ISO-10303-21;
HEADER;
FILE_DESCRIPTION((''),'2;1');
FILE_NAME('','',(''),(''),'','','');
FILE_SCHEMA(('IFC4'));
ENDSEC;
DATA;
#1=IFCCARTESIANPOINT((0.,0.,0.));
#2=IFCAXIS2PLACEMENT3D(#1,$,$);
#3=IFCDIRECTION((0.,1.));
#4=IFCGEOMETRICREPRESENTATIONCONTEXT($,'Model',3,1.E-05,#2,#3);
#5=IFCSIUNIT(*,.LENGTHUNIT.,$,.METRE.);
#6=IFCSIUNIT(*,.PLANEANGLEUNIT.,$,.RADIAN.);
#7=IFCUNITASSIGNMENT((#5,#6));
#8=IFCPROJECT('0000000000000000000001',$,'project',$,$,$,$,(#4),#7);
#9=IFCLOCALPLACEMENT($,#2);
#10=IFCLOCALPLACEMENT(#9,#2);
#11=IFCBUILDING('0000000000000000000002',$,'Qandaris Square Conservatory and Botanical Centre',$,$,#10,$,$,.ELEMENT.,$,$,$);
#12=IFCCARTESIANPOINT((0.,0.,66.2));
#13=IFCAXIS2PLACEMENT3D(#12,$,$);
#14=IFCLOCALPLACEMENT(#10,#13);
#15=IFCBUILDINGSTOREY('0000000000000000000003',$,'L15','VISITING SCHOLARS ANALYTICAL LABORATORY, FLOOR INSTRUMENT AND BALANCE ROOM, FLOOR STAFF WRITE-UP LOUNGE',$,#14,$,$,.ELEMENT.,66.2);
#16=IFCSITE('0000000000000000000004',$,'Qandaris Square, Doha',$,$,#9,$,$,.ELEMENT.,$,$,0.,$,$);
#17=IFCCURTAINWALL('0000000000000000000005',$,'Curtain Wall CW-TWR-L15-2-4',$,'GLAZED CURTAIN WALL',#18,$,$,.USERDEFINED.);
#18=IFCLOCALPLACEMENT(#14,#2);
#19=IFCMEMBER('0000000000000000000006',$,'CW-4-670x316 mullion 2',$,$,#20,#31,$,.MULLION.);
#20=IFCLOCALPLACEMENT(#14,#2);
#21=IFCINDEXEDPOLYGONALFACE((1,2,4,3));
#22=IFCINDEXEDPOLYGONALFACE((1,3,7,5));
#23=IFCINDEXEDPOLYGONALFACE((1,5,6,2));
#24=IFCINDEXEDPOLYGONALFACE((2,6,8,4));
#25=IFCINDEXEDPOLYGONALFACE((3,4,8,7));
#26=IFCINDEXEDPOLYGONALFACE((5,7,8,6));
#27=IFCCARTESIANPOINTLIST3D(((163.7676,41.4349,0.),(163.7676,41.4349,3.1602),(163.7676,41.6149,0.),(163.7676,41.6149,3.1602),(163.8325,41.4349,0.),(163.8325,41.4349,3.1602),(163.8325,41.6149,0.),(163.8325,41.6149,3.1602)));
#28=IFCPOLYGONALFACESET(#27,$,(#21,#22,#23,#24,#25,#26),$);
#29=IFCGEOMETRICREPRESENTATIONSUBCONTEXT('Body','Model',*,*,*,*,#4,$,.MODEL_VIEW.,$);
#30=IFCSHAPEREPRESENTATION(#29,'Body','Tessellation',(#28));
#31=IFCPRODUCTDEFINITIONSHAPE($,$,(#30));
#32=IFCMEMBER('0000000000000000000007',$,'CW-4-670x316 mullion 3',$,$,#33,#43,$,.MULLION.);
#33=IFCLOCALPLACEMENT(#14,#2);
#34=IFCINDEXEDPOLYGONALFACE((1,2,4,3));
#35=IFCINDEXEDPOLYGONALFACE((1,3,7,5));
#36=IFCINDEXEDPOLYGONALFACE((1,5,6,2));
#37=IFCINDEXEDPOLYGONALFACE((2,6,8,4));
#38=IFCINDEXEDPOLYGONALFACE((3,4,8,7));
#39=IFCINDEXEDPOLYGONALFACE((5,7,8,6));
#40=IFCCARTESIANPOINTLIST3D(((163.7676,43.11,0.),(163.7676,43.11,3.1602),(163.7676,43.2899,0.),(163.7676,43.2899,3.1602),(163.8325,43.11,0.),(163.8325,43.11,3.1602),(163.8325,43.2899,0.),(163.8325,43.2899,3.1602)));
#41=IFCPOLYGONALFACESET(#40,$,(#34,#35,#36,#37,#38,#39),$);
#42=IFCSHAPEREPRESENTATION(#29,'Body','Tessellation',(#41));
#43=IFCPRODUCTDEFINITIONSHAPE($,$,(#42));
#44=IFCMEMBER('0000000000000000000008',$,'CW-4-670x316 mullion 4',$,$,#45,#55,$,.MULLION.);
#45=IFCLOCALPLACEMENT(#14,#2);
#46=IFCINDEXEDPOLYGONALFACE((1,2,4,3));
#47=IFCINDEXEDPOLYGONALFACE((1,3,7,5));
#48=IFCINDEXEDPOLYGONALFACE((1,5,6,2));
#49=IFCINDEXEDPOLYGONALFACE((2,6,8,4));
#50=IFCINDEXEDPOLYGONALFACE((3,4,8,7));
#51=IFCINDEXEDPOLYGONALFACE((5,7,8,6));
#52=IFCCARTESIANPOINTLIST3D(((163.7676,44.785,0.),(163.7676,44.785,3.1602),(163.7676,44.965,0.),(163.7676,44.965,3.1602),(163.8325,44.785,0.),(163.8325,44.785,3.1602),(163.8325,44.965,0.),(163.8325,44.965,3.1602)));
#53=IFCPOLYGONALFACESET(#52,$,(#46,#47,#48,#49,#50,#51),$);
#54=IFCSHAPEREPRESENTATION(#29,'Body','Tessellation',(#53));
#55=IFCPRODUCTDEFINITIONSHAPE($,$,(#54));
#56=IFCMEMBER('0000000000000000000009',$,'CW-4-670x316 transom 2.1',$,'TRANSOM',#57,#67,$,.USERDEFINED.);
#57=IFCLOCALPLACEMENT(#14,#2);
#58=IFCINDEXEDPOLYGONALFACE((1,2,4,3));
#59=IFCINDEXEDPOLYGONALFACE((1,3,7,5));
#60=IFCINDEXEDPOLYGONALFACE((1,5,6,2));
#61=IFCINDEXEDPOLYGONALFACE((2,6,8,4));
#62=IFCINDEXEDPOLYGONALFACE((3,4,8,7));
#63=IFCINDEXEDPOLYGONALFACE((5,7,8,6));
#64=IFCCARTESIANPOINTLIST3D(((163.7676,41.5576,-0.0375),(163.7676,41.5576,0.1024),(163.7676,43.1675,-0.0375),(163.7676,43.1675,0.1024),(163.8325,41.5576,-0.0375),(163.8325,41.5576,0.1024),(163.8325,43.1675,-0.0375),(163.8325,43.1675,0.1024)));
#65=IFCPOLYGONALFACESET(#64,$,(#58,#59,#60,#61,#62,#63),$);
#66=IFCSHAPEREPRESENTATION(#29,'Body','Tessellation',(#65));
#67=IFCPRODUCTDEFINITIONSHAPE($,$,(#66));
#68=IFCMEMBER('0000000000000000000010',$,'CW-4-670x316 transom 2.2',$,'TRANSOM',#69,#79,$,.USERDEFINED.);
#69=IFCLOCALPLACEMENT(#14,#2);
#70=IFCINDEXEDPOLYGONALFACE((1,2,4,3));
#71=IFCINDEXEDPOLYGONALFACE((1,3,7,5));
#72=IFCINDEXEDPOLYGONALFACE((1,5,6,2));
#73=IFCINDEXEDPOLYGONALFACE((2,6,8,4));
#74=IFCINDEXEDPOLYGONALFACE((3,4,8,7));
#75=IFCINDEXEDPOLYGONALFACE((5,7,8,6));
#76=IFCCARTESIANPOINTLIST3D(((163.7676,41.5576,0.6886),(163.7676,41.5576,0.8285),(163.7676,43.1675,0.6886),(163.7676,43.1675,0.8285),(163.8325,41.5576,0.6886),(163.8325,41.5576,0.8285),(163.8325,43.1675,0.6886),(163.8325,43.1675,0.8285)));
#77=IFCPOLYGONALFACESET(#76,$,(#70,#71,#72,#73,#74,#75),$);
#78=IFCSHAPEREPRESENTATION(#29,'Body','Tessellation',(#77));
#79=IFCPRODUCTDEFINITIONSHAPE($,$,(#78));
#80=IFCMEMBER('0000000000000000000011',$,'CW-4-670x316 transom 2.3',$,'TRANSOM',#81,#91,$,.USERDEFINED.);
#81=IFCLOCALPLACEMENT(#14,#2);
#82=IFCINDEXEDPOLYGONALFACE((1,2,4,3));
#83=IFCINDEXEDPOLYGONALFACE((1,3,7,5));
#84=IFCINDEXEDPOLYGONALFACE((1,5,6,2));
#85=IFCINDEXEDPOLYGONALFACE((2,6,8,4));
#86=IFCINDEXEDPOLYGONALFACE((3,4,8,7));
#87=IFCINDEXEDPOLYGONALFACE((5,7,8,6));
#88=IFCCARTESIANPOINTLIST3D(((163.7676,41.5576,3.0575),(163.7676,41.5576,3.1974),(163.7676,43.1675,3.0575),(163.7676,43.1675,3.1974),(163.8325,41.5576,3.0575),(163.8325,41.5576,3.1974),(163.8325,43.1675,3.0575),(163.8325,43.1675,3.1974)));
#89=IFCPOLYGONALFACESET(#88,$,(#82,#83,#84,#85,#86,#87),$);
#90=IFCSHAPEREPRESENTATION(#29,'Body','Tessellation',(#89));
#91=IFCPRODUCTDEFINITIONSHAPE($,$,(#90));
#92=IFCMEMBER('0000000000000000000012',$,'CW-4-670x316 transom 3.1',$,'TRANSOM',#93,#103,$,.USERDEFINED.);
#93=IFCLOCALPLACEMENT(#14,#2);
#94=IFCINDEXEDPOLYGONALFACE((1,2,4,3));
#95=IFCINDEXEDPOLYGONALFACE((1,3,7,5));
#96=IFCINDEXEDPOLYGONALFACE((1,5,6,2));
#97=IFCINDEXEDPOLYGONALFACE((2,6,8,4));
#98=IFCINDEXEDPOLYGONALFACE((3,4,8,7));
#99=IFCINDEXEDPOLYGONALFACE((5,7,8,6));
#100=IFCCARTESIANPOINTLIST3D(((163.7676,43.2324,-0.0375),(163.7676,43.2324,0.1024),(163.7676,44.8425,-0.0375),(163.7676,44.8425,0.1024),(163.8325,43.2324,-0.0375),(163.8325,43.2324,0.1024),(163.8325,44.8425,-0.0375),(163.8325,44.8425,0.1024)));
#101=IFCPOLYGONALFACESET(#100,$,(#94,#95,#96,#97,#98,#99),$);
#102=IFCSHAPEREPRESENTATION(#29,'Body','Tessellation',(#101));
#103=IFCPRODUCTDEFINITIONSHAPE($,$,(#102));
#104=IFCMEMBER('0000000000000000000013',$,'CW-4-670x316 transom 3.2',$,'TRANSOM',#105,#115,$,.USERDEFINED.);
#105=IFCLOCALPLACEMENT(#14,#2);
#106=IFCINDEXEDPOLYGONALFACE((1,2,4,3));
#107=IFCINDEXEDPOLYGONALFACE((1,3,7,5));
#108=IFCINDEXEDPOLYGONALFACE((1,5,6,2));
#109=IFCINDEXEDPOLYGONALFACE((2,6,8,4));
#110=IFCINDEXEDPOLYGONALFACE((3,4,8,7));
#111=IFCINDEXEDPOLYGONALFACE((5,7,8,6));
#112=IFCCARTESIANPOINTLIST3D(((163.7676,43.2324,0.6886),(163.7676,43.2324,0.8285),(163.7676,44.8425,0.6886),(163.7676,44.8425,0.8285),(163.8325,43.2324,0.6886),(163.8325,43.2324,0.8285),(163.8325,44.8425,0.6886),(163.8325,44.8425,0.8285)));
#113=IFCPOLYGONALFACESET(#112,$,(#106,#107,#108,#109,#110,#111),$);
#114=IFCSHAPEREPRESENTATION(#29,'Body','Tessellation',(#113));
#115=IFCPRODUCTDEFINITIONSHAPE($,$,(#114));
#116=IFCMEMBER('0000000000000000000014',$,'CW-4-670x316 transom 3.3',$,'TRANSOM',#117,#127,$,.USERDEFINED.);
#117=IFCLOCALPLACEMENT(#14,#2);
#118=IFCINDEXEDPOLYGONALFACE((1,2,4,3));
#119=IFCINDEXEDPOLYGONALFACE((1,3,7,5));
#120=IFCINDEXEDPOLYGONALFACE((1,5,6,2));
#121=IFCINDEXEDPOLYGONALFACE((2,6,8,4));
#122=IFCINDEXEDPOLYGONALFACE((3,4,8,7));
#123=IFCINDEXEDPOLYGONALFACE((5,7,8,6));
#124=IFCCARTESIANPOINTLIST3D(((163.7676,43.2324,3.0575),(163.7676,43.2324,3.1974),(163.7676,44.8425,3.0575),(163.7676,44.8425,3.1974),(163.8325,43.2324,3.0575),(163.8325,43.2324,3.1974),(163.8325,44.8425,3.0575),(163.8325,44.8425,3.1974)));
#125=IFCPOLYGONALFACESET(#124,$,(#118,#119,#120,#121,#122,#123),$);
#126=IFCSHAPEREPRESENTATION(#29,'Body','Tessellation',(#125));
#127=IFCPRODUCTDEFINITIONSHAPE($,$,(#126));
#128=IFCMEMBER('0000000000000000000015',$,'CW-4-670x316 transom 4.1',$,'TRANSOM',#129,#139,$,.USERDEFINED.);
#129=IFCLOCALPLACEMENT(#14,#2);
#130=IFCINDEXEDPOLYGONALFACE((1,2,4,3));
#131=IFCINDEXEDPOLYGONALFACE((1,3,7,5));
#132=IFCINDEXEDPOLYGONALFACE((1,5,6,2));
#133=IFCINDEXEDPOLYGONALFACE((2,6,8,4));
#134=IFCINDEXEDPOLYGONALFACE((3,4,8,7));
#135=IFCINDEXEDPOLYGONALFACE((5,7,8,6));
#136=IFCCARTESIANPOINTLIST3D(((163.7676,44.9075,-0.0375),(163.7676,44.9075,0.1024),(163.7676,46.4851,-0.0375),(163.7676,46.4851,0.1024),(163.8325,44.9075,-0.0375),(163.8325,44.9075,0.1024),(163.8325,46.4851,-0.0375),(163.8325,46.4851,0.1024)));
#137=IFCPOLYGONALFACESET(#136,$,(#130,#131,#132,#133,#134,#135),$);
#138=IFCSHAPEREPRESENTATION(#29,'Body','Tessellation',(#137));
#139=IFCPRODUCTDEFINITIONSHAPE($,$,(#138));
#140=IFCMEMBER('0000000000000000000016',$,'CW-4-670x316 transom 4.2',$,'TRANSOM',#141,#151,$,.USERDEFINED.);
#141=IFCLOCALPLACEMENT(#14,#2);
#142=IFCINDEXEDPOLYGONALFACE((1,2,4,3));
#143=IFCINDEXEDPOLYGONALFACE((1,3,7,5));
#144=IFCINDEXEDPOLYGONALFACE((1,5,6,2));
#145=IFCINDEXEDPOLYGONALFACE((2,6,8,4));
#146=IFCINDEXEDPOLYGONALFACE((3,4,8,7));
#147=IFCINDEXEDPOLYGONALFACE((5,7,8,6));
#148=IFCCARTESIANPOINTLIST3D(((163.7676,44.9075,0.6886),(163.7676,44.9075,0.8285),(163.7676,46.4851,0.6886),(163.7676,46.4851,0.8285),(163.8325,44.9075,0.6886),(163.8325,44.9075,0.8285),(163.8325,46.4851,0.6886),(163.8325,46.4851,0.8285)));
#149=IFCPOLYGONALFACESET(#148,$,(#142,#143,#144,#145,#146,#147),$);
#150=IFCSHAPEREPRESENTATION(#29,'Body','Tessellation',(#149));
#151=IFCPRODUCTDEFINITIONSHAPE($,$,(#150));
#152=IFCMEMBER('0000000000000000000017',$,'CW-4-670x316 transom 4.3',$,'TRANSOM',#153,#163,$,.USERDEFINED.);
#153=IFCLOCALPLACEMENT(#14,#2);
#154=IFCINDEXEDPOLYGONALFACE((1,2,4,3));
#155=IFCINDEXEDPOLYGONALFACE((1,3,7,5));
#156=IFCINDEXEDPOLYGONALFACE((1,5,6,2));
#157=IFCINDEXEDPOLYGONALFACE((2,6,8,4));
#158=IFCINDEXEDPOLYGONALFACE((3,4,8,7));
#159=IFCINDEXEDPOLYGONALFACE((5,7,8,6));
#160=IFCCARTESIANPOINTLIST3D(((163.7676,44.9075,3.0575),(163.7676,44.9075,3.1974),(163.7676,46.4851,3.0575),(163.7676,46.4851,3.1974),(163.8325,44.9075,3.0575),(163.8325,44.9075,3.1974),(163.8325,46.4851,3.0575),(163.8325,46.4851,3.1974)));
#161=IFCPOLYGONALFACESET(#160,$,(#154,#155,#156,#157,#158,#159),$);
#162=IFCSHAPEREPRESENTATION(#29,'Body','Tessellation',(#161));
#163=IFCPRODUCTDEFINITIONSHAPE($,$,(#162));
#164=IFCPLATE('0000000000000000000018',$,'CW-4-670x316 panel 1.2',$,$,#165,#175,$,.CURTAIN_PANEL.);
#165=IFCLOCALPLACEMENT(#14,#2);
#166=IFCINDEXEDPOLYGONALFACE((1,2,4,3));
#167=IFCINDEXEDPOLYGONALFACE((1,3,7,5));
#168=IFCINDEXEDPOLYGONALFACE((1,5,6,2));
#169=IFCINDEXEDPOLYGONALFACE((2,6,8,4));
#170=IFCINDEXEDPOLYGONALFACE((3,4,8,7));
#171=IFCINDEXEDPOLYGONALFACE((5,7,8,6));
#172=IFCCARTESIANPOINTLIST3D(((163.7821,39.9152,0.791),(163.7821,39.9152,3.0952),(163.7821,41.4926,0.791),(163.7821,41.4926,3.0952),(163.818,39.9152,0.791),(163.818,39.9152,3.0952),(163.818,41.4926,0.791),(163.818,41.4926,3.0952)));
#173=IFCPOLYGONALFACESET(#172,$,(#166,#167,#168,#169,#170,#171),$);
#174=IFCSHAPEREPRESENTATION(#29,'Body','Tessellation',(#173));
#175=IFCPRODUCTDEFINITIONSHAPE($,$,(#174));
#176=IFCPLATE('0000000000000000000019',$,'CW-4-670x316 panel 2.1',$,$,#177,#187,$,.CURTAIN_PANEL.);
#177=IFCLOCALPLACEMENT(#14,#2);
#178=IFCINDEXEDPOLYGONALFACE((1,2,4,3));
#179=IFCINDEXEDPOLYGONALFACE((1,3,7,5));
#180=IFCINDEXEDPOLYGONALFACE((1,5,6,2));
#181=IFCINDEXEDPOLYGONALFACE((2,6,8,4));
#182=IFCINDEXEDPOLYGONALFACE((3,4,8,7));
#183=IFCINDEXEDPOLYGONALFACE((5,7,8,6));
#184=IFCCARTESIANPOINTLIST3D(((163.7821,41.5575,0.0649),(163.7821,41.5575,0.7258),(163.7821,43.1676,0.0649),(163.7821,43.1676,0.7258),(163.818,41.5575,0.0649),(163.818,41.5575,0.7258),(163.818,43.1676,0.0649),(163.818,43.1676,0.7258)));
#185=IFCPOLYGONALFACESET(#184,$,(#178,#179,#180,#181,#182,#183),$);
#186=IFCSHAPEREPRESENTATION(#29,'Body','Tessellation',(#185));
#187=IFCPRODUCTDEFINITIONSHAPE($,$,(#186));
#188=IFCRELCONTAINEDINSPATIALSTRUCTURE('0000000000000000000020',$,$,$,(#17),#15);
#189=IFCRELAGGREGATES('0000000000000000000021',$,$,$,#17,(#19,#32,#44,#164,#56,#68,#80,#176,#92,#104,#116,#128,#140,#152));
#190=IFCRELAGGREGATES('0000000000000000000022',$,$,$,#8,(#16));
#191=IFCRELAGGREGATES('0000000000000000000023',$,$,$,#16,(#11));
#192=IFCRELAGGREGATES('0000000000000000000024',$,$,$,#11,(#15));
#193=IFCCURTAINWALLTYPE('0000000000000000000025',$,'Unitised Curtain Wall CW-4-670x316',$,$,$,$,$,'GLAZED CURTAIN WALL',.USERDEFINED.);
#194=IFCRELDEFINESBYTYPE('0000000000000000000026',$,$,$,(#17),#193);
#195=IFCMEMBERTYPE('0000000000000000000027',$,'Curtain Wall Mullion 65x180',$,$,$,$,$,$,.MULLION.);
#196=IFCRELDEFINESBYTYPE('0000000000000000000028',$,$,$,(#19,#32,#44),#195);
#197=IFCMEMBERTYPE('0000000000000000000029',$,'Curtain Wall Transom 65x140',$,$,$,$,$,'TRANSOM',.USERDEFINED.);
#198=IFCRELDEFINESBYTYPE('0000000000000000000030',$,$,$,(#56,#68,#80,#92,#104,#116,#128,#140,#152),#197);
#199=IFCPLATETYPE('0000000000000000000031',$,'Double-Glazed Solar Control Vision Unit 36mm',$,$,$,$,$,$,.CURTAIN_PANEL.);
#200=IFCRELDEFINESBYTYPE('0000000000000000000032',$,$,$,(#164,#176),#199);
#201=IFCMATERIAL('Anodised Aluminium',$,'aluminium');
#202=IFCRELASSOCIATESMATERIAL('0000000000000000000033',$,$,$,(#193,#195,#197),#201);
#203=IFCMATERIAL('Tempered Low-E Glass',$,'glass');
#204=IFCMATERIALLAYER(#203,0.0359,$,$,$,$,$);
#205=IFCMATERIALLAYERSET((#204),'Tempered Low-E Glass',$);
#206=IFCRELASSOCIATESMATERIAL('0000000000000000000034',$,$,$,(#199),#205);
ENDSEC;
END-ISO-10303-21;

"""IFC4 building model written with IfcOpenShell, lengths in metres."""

from ifc_helpers import new_model, si_unit, direction, frame, origin, origin_2d, place, context, subcontext, project, spatial, rectangle, extrude, material, layer, layer_set, material_profile, profile_set, type_object, element, aggregate, save


model = new_model("IFC4")

# Units and contexts
model_context = context("Model", 3, precision=1e-05, world=origin(), true_north=direction((0.0, 1.0)))
body_context = subcontext(model_context, "Body", "Model", "MODEL_VIEW")
ifc_project = project(units=[si_unit("LENGTHUNIT", "METRE"), si_unit("PLANEANGLEUNIT", "RADIAN")], contexts=[model_context])

# Site, building, storey
site_placement = place(None, origin())
site = spatial("IfcSite", under=ifc_project, at=site_placement, Name="Qandaris Square, Doha", CompositionType="ELEMENT", RefElevation=0.0)
building_placement = place(site_placement, origin())
building = spatial("IfcBuilding", under=site, at=building_placement, Name="Qandaris Square Conservatory and Botanical Centre", CompositionType="ELEMENT")
storey_placement = place(building_placement, frame((0.0, 0.0, 66.2)))
storey = spatial("IfcBuildingStorey", under=building, at=storey_placement, Name="L15", Description="VISITING SCHOLARS ANALYTICAL LABORATORY, FLOOR INSTRUMENT AND BALANCE ROOM, FLOOR STAFF WRITE-UP LOUNGE", CompositionType="ELEMENT", Elevation=66.2)

# Curtain wall, members, plates
ifc_material_1 = material(Name="Anodised Aluminium", Category="aluminium")
curtain_wall_type = type_object("IfcCurtainWallType", Name="Unitised Curtain Wall CW-4-670x316", ElementType="GLAZED CURTAIN WALL", PredefinedType="USERDEFINED", material=ifc_material_1)
curtain_wall_placement = place(storey_placement, origin())
curtain_wall = element("IfcCurtainWall", 1, at=curtain_wall_placement, inside=storey, type_object=curtain_wall_type, Name="Curtain Wall CW-TWR-L15-2-4", ObjectType="GLAZED CURTAIN WALL", PredefinedType="USERDEFINED")
ifc_material_profile_1 = material_profile(ifc_material_1, rectangle(XDim=0.0649, YDim=0.1799, at=origin_2d()), Name="ALU-MUL 65x180")
ifc_profile_set_1 = profile_set([ifc_material_profile_1], Name="Anodised Aluminium")
member_type_1 = type_object("IfcMemberType", Name="Curtain Wall Mullion 65x180", PredefinedType="MULLION", material=ifc_profile_set_1)
member_1_placement = place(storey_placement, frame((163.8, 41.5249, 0.0), z_axis=(0.0, 0.0, 1.0), x_axis=(-1.0, 0.0, 0.0)))
member_1 = element("IfcMember", 2, at=member_1_placement, type_object=member_type_1, Name="CW-4-670x316 mullion 2", PredefinedType="MULLION", context=body_context, shape_type="SweptSolid", body=[
    extrude(rectangle(XDim=0.0649, YDim=0.1799, at=origin_2d()), origin(), (0.0, 0.0, 1.0), 3.1602),
])
member_2_placement = place(storey_placement, frame((163.8, 43.2, 0.0), z_axis=(0.0, 0.0, 1.0), x_axis=(-1.0, 0.0, 0.0)))
member_2 = element("IfcMember", 3, at=member_2_placement, type_object=member_type_1, Name="CW-4-670x316 mullion 3", PredefinedType="MULLION", context=body_context, shape_type="SweptSolid", body=[
    extrude(rectangle(XDim=0.0649, YDim=0.1799, at=origin_2d()), origin(), (0.0, 0.0, 1.0), 3.1602),
])
member_3_placement = place(storey_placement, frame((163.8, 44.875, 0.0), z_axis=(0.0, 0.0, 1.0), x_axis=(-1.0, 0.0, 0.0)))
member_3 = element("IfcMember", 4, at=member_3_placement, type_object=member_type_1, Name="CW-4-670x316 mullion 4", PredefinedType="MULLION", context=body_context, shape_type="SweptSolid", body=[
    extrude(rectangle(XDim=0.0649, YDim=0.1799, at=origin_2d()), origin(), (0.0, 0.0, 1.0), 3.1602),
])
ifc_material_profile_2 = material_profile(ifc_material_1, rectangle(XDim=0.0649, YDim=0.1399, at=origin_2d()), Name="ALU-TRN 65x140")
ifc_profile_set_2 = profile_set([ifc_material_profile_2], Name="Anodised Aluminium")
member_type_2 = type_object("IfcMemberType", Name="Curtain Wall Transom 65x140", ElementType="TRANSOM", PredefinedType="USERDEFINED", material=ifc_profile_set_2)
member_4_placement = place(storey_placement, frame((163.8, 41.5576, 0.0325), z_axis=(0.0, 1.0, 0.0), x_axis=(-1.0, 0.0, 0.0)))
member_4 = element("IfcMember", 5, at=member_4_placement, type_object=member_type_2, Name="CW-4-670x316 transom 2.1", ObjectType="TRANSOM", PredefinedType="USERDEFINED", context=body_context, shape_type="SweptSolid", body=[
    extrude(rectangle(XDim=0.0649, YDim=0.1399, at=origin_2d()), origin(), (0.0, 0.0, 1.0), 1.6099),
])
member_5_placement = place(storey_placement, frame((163.8, 41.5576, 0.7585), z_axis=(0.0, 1.0, 0.0), x_axis=(-1.0, 0.0, 0.0)))
member_5 = element("IfcMember", 6, at=member_5_placement, type_object=member_type_2, Name="CW-4-670x316 transom 2.2", ObjectType="TRANSOM", PredefinedType="USERDEFINED", context=body_context, shape_type="SweptSolid", body=[
    extrude(rectangle(XDim=0.0649, YDim=0.1399, at=origin_2d()), origin(), (0.0, 0.0, 1.0), 1.6099),
])
member_6_placement = place(storey_placement, frame((163.8, 41.5576, 3.1274), z_axis=(0.0, 1.0, 0.0), x_axis=(-1.0, 0.0, 0.0)))
member_6 = element("IfcMember", 7, at=member_6_placement, type_object=member_type_2, Name="CW-4-670x316 transom 2.3", ObjectType="TRANSOM", PredefinedType="USERDEFINED", context=body_context, shape_type="SweptSolid", body=[
    extrude(rectangle(XDim=0.0649, YDim=0.1399, at=origin_2d()), origin(), (0.0, 0.0, 1.0), 1.6099),
])
member_7_placement = place(storey_placement, frame((163.8, 43.2324, 0.0325), z_axis=(0.0, 1.0, 0.0), x_axis=(-1.0, 0.0, 0.0)))
member_7 = element("IfcMember", 8, at=member_7_placement, type_object=member_type_2, Name="CW-4-670x316 transom 3.1", ObjectType="TRANSOM", PredefinedType="USERDEFINED", context=body_context, shape_type="SweptSolid", body=[
    extrude(rectangle(XDim=0.0649, YDim=0.1399, at=origin_2d()), origin(), (0.0, 0.0, 1.0), 1.6101),
])
member_8_placement = place(storey_placement, frame((163.8, 43.2324, 0.7585), z_axis=(0.0, 1.0, 0.0), x_axis=(-1.0, 0.0, 0.0)))
member_8 = element("IfcMember", 9, at=member_8_placement, type_object=member_type_2, Name="CW-4-670x316 transom 3.2", ObjectType="TRANSOM", PredefinedType="USERDEFINED", context=body_context, shape_type="SweptSolid", body=[
    extrude(rectangle(XDim=0.0649, YDim=0.1399, at=origin_2d()), origin(), (0.0, 0.0, 1.0), 1.6101),
])
member_9_placement = place(storey_placement, frame((163.8, 43.2324, 3.1274), z_axis=(0.0, 1.0, 0.0), x_axis=(-1.0, 0.0, 0.0)))
member_9 = element("IfcMember", 10, at=member_9_placement, type_object=member_type_2, Name="CW-4-670x316 transom 3.3", ObjectType="TRANSOM", PredefinedType="USERDEFINED", context=body_context, shape_type="SweptSolid", body=[
    extrude(rectangle(XDim=0.0649, YDim=0.1399, at=origin_2d()), origin(), (0.0, 0.0, 1.0), 1.6101),
])
member_10_placement = place(storey_placement, frame((163.8, 44.9075, 0.0325), z_axis=(0.0, 1.0, 0.0), x_axis=(-1.0, 0.0, 0.0)))
member_10 = element("IfcMember", 11, at=member_10_placement, type_object=member_type_2, Name="CW-4-670x316 transom 4.1", ObjectType="TRANSOM", PredefinedType="USERDEFINED", context=body_context, shape_type="SweptSolid", body=[
    extrude(rectangle(XDim=0.0649, YDim=0.1399, at=origin_2d()), origin(), (0.0, 0.0, 1.0), 1.5776),
])
member_11_placement = place(storey_placement, frame((163.8, 44.9075, 0.7585), z_axis=(0.0, 1.0, 0.0), x_axis=(-1.0, 0.0, 0.0)))
member_11 = element("IfcMember", 12, at=member_11_placement, type_object=member_type_2, Name="CW-4-670x316 transom 4.2", ObjectType="TRANSOM", PredefinedType="USERDEFINED", context=body_context, shape_type="SweptSolid", body=[
    extrude(rectangle(XDim=0.0649, YDim=0.1399, at=origin_2d()), origin(), (0.0, 0.0, 1.0), 1.5776),
])
member_12_placement = place(storey_placement, frame((163.8, 44.9075, 3.1274), z_axis=(0.0, 1.0, 0.0), x_axis=(-1.0, 0.0, 0.0)))
member_12 = element("IfcMember", 13, at=member_12_placement, type_object=member_type_2, Name="CW-4-670x316 transom 4.3", ObjectType="TRANSOM", PredefinedType="USERDEFINED", context=body_context, shape_type="SweptSolid", body=[
    extrude(rectangle(XDim=0.0649, YDim=0.1399, at=origin_2d()), origin(), (0.0, 0.0, 1.0), 1.5776),
])
ifc_material_2 = material(Name="Tempered Low-E Glass", Category="glass")
ifc_layer_1 = layer(ifc_material_2, 0.0359)
ifc_layer_set_1 = layer_set([ifc_layer_1], Name="Tempered Low-E Glass")
plate_type_1 = type_object("IfcPlateType", Name="Double-Glazed Solar Control Vision Unit 36mm", PredefinedType="CURTAIN_PANEL", material=ifc_layer_set_1)
plate_1_placement = place(storey_placement, frame((163.8, 40.7039, 0.791), z_axis=(0.0, 0.0, 1.0), x_axis=(0.0, 1.0, 0.0)))
plate_1 = element("IfcPlate", 14, at=plate_1_placement, type_object=plate_type_1, Name="CW-4-670x316 panel 1.2", PredefinedType="CURTAIN_PANEL", context=body_context, shape_type="SweptSolid", body=[
    extrude(rectangle(XDim=1.5774, YDim=0.0359, at=origin_2d()), origin(), (0.0, 0.0, 1.0), 2.3042),
])
plate_2_placement = place(storey_placement, frame((163.8, 42.3625, 0.0649), z_axis=(0.0, 0.0, 1.0), x_axis=(0.0, 1.0, 0.0)))
plate_2 = element("IfcPlate", 15, at=plate_2_placement, type_object=plate_type_1, Name="CW-4-670x316 panel 2.1", PredefinedType="CURTAIN_PANEL", context=body_context, shape_type="SweptSolid", body=[
    extrude(rectangle(XDim=1.6101, YDim=0.0359, at=origin_2d()), origin(), (0.0, 0.0, 1.0), 0.6609),
])
aggregate(curtain_wall, [member_1, member_2, member_3, plate_1, member_4, member_5, member_6, plate_2, member_7, member_8, member_9, member_10, member_11, member_12])

save(model, "model.ifc")
